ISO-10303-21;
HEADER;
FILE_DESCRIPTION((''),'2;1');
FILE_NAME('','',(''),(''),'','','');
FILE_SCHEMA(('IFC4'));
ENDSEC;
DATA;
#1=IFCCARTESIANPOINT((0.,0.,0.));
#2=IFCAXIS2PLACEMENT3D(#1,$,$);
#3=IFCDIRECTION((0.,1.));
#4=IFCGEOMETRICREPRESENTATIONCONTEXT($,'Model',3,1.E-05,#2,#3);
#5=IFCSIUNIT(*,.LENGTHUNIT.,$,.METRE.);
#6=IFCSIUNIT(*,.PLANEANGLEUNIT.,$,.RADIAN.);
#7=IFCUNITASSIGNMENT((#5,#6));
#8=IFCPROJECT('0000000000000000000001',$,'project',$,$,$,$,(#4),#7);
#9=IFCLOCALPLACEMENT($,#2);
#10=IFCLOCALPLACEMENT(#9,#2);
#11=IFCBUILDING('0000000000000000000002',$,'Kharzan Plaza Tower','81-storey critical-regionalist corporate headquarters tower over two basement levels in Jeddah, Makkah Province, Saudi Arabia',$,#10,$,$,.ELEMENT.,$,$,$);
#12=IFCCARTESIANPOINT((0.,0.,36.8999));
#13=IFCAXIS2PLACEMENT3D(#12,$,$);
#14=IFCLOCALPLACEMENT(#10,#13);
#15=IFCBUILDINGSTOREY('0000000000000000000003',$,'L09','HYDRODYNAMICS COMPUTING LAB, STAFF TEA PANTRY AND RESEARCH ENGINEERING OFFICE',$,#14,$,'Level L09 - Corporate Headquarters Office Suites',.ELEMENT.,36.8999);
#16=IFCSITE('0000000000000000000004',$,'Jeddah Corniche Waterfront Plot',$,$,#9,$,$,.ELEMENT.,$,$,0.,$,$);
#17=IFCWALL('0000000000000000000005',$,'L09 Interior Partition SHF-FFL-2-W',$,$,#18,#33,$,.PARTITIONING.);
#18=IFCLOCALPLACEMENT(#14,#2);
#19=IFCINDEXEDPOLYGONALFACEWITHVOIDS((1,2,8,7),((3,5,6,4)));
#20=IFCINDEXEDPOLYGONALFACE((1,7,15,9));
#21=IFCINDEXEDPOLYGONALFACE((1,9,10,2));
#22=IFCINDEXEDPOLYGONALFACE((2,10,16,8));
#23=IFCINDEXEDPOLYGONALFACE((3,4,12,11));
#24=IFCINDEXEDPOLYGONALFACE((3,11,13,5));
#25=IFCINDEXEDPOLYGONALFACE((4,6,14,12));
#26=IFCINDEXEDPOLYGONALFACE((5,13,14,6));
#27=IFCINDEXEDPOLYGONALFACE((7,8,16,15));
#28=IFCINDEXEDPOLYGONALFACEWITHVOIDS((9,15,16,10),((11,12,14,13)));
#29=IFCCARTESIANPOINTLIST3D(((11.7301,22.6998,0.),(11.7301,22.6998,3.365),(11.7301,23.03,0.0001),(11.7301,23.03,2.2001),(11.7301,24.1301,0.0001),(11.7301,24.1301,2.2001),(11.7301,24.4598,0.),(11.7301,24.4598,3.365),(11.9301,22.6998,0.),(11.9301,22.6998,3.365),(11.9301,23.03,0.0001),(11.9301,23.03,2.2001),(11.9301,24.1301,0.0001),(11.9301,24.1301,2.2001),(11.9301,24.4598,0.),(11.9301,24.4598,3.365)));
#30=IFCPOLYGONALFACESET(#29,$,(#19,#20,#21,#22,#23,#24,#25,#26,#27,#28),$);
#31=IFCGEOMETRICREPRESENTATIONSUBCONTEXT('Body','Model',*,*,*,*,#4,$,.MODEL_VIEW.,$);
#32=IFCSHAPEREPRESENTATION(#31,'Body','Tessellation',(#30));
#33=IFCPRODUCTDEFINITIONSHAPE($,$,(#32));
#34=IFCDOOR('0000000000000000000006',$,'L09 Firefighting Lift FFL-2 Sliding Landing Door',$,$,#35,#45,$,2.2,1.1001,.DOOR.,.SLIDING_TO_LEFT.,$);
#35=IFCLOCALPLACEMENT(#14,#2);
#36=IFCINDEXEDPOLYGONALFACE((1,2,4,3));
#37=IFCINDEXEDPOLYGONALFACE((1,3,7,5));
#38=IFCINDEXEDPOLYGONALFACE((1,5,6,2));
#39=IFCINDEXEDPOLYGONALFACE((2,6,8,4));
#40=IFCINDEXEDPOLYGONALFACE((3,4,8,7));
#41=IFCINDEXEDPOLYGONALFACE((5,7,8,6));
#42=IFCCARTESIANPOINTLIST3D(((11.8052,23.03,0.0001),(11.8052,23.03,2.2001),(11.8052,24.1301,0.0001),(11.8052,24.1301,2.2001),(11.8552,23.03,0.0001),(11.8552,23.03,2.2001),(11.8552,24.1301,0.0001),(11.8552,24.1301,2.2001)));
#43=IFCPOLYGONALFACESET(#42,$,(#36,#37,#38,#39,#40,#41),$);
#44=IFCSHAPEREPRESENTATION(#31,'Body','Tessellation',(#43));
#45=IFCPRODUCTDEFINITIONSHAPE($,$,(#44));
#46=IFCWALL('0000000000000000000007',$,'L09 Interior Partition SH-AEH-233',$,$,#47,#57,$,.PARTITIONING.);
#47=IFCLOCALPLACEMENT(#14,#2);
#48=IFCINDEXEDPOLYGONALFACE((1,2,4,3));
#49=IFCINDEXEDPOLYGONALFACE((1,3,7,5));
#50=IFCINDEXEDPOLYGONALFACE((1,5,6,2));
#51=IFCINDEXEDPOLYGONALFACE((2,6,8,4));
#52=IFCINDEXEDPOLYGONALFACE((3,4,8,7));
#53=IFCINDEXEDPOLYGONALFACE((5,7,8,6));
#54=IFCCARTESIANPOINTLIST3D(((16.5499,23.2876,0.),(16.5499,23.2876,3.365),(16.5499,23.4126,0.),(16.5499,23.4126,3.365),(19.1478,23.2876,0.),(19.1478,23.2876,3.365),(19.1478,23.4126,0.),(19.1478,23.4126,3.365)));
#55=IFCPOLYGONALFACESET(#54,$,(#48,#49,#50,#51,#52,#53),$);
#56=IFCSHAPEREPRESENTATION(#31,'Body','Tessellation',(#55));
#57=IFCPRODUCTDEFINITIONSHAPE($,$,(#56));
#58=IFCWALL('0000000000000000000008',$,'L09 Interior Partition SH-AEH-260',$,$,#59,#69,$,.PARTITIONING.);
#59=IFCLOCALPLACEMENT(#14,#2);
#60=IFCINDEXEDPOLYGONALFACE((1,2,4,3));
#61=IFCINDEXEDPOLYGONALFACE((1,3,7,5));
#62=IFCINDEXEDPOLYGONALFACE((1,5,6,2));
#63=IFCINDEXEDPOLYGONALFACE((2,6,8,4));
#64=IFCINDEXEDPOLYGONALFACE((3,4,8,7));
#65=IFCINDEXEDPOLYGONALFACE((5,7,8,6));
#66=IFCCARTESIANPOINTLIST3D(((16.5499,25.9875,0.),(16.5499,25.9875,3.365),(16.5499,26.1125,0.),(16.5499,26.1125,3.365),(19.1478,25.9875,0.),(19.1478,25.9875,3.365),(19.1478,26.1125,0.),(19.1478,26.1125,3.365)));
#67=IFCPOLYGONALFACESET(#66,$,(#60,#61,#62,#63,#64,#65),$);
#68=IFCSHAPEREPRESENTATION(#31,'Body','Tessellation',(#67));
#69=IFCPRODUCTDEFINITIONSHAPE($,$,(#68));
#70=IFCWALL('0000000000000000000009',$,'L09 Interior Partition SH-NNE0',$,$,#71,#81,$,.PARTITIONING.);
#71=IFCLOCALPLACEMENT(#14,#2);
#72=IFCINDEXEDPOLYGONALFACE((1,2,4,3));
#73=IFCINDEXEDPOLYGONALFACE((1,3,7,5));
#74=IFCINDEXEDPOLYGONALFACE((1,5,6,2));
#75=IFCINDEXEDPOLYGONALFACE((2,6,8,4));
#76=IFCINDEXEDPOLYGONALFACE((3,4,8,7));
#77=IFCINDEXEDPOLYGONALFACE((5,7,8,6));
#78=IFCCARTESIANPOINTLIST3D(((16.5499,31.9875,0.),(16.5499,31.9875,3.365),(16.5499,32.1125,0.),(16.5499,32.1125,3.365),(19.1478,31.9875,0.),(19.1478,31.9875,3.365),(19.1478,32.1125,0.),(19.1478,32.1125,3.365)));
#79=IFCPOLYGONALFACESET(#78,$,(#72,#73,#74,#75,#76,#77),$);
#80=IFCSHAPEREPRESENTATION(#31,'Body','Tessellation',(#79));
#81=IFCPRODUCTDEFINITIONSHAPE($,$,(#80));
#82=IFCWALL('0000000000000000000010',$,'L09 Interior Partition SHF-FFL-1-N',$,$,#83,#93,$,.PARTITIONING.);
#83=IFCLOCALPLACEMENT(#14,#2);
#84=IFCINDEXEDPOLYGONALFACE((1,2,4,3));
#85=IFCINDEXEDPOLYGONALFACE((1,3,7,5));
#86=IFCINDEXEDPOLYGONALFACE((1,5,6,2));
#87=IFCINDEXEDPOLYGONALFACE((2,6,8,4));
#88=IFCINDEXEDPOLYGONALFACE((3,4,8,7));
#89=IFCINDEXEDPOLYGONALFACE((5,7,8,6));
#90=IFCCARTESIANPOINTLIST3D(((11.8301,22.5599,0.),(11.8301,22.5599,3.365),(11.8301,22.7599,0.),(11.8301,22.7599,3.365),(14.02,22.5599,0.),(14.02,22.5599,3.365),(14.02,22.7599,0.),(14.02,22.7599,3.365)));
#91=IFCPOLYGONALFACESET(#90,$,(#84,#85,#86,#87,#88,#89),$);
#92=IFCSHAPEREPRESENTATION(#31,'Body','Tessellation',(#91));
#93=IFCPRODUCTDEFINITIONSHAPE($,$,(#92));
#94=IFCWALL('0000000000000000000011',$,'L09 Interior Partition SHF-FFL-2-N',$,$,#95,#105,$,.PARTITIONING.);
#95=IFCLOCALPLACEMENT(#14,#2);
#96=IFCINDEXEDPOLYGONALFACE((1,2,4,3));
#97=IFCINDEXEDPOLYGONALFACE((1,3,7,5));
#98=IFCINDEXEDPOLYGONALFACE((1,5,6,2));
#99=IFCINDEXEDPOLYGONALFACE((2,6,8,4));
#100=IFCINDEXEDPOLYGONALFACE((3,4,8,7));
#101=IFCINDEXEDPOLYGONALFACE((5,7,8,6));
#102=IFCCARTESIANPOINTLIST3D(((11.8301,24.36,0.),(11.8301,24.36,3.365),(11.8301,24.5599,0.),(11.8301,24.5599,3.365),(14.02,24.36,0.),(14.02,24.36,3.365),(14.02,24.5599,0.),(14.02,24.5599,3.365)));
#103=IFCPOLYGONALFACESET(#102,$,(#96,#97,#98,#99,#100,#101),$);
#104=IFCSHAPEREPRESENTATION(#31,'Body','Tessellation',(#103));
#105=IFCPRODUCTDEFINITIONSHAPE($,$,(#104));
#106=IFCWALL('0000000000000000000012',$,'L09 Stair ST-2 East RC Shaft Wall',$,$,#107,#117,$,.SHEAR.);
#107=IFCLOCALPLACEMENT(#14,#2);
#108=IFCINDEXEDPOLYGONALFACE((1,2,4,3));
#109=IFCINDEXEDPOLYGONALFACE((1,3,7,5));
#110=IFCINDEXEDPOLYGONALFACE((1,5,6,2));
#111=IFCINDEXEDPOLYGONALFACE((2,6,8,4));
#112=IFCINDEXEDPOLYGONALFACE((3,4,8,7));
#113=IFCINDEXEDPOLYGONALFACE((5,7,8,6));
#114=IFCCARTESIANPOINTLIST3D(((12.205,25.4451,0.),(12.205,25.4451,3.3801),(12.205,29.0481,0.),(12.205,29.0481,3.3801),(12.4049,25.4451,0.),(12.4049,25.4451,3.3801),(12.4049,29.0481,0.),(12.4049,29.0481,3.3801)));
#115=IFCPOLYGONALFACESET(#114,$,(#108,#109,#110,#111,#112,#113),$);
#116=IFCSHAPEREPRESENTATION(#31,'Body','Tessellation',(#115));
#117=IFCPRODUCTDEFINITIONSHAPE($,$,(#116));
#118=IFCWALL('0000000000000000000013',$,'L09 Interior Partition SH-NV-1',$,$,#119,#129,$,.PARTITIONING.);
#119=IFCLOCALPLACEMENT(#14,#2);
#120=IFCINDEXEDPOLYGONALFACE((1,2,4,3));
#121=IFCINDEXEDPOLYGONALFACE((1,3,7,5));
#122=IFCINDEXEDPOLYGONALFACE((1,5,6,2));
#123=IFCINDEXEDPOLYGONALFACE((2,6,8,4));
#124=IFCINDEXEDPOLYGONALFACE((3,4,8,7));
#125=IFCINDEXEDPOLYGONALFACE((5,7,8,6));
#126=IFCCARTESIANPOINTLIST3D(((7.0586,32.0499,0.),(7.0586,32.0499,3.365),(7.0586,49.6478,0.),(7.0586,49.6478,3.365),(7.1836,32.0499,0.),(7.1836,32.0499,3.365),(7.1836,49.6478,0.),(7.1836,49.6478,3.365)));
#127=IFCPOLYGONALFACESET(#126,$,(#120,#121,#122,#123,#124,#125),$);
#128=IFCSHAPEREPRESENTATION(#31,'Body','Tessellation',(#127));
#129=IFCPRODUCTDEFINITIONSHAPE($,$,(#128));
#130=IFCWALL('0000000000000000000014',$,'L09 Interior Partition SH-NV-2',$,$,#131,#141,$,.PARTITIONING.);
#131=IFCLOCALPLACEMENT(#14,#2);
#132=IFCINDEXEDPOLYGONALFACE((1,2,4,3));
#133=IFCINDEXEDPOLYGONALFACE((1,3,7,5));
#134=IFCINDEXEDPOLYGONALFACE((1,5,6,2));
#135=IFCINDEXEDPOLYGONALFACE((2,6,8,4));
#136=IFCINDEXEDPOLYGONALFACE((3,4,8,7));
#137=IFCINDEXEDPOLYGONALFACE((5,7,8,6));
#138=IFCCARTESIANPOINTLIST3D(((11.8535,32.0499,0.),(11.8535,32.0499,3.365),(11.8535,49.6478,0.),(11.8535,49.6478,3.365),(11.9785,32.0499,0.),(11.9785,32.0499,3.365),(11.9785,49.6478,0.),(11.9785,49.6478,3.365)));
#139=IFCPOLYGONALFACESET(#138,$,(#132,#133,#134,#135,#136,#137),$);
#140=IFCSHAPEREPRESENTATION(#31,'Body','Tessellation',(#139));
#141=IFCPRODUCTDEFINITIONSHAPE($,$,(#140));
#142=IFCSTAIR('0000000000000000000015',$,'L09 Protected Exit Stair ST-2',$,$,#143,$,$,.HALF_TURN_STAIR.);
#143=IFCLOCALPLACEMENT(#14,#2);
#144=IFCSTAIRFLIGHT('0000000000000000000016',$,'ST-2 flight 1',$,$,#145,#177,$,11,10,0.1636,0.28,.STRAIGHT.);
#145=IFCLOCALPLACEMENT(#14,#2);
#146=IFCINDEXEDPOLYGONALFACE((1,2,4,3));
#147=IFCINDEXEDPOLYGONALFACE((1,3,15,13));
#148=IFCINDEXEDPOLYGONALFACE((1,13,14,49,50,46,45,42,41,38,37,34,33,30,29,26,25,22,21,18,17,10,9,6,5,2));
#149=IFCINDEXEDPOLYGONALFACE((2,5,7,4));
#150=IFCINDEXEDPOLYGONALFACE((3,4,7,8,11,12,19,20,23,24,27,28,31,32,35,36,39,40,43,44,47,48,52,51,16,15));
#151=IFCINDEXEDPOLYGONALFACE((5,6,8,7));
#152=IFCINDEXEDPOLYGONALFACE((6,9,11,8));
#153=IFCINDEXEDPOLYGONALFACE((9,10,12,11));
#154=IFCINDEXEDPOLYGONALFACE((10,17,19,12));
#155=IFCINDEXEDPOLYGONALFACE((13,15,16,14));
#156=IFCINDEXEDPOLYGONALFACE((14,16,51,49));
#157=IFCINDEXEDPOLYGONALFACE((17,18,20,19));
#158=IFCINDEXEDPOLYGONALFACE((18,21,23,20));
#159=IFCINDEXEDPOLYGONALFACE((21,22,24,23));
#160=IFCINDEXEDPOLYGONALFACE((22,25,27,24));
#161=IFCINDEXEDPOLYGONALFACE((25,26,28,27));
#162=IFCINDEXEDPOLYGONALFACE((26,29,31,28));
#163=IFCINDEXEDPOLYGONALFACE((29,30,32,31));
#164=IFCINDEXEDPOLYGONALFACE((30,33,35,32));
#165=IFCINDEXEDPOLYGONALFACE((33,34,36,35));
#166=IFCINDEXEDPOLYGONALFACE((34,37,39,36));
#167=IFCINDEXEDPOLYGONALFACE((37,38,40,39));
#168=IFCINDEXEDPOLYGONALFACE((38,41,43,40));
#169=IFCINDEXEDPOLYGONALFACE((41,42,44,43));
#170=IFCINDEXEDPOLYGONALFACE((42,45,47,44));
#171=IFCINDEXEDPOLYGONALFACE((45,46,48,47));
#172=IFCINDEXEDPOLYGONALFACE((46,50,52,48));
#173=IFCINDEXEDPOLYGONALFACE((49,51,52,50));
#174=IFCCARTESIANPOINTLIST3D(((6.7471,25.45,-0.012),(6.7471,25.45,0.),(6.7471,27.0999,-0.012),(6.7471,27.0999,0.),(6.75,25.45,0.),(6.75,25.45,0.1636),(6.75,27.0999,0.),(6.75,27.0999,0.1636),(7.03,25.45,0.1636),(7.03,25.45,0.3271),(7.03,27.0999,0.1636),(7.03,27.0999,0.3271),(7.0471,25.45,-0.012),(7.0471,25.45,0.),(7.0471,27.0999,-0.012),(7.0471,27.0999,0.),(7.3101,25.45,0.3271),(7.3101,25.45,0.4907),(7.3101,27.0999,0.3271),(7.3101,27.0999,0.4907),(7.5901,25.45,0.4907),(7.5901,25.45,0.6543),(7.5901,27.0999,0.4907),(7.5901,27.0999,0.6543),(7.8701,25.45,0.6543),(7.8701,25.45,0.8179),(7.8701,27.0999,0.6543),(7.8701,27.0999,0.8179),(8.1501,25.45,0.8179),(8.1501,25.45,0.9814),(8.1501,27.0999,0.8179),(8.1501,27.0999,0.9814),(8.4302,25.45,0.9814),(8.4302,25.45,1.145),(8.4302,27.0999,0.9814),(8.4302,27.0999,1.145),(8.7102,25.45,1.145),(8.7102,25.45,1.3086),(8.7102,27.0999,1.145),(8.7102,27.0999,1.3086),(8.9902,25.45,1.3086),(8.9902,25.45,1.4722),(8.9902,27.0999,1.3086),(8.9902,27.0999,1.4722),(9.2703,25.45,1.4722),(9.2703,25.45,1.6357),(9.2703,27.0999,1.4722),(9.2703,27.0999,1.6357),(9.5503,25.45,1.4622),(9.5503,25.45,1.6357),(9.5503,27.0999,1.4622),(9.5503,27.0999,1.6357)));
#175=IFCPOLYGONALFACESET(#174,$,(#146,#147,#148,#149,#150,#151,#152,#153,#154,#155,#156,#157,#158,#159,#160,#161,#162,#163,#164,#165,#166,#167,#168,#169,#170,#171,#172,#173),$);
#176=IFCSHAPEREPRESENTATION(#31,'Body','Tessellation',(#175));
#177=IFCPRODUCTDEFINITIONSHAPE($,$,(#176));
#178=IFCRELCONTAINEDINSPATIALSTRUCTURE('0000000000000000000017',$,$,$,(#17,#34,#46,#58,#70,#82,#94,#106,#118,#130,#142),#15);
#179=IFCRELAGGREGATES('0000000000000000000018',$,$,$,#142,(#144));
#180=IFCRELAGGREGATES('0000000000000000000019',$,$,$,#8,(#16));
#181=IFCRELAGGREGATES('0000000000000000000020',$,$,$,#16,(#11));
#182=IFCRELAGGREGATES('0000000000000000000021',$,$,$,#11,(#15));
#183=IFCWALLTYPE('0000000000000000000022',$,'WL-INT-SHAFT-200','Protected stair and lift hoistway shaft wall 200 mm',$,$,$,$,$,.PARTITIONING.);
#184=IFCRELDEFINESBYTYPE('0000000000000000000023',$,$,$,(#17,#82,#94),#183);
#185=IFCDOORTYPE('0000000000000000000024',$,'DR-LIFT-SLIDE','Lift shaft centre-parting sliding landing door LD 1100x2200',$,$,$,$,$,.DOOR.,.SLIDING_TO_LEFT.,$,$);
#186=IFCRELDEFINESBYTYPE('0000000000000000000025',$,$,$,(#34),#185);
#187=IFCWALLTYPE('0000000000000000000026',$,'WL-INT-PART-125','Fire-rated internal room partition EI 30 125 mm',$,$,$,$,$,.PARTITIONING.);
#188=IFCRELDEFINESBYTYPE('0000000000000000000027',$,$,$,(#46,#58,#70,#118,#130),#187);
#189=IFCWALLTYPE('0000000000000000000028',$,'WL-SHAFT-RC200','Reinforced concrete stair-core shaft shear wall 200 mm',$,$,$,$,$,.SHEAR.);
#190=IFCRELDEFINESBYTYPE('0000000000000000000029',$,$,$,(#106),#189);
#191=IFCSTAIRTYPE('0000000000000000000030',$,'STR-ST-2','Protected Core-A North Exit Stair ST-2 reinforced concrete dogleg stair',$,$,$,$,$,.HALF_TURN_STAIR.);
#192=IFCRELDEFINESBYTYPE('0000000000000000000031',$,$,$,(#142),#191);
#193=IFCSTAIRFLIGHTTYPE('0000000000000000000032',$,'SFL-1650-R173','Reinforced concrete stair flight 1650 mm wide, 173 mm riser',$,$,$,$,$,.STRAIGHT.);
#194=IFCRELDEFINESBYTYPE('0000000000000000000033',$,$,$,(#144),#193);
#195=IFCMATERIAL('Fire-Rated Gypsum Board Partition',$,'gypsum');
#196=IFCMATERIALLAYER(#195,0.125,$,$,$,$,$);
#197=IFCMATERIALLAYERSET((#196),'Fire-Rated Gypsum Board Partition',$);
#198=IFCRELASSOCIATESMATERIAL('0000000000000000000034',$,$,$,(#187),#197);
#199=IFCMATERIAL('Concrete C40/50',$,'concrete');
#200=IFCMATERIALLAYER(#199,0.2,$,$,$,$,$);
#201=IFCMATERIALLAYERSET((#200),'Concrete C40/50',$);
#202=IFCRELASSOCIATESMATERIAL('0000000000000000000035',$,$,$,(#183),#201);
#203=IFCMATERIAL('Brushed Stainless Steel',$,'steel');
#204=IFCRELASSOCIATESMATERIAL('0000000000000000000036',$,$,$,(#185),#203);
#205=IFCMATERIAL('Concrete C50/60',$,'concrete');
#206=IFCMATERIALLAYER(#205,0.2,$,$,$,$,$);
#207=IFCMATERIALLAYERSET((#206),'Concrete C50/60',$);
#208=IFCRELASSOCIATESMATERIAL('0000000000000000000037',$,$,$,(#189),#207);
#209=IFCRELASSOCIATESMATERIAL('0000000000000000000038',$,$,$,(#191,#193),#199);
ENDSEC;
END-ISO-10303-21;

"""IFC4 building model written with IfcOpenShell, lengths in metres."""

from ifc_helpers import new_model, si_unit, direction, frame, frame_2d, origin, place, context, subcontext, project, spatial, polyline, rectangle, outline, extrude, source, transform, mapped, material, layer, layer_set, type_object, element, fill, aggregate, save


model = new_model("IFC4")

# Units and contexts
model_context = context("Model", 3, precision=1e-05, world=origin(), true_north=direction((0.0, 1.0)))
body_context = subcontext(model_context, "Body", "Model", "MODEL_VIEW")
ifc_project = project(units=[si_unit("LENGTHUNIT", "METRE"), si_unit("PLANEANGLEUNIT", "RADIAN")], contexts=[model_context])

# Site, building, storey
site_placement = place(None, origin())
site = spatial("IfcSite", under=ifc_project, at=site_placement, Name="Jeddah Corniche Waterfront Plot", CompositionType="ELEMENT", RefElevation=0.0)
building_placement = place(site_placement, origin())
building = spatial("IfcBuilding", under=site, at=building_placement, Name="Kharzan Plaza Tower", Description="81-storey critical-regionalist corporate headquarters tower over two basement levels in Jeddah, Makkah Province, Saudi Arabia", CompositionType="ELEMENT")
storey_placement = place(building_placement, frame((0.0, 0.0, 36.8999)))
storey = spatial("IfcBuildingStorey", under=building, at=storey_placement, Name="L09", Description="HYDRODYNAMICS COMPUTING LAB, STAFF TEA PANTRY AND RESEARCH ENGINEERING OFFICE", LongName="Level L09 - Corporate Headquarters Office Suites", CompositionType="ELEMENT", Elevation=36.8999)

# Wall, opening, door
ifc_material_1 = material(Name="Fire-Rated Gypsum Board Partition", Category="gypsum")
ifc_layer_1 = layer(ifc_material_1, 0.125)
ifc_layer_set_1 = layer_set([ifc_layer_1], Name="Fire-Rated Gypsum Board Partition")
wall_type_1 = type_object("IfcWallType", Name="WL-INT-PART-125", Description="Fire-rated internal room partition EI 30 125 mm", PredefinedType="PARTITIONING", material=ifc_layer_set_1)
ifc_material_2 = material(Name="Concrete C40/50", Category="concrete")
ifc_layer_2 = layer(ifc_material_2, 0.2)
ifc_layer_set_2 = layer_set([ifc_layer_2], Name="Concrete C40/50")
wall_type_2 = type_object("IfcWallType", Name="WL-INT-SHAFT-200", Description="Protected stair and lift hoistway shaft wall 200 mm", PredefinedType="PARTITIONING", material=ifc_layer_set_2)
wall_1_placement = place(storey_placement, frame((11.8301, 22.7, 0.0), z_axis=(0.0, 0.0, 1.0), x_axis=(0.0, 1.0, 0.0)))
wall_1 = element("IfcWall", 1, at=wall_1_placement, inside=storey, type_object=wall_type_2, Name="L09 Interior Partition SHF-FFL-2-W", PredefinedType="PARTITIONING", context=body_context, shape_type="SweptSolid", body=[
    extrude(rectangle(XDim=1.76, YDim=0.2, at=frame_2d((0.8799, 0.0))), origin(), (0.0, 0.0, 1.0), 3.365),
])
opening_1_placement = place(wall_1_placement, frame((0.3301, 0.0, 0.0)))
opening_1 = element("IfcOpeningElement", 2, at=opening_1_placement, cuts=wall_1, PredefinedType="OPENING", context=body_context, shape_type="SweptSolid", body=[
    extrude(rectangle(XDim=1.1001, YDim=2.2, at=frame_2d((0.55, 1.1001))), frame((0.0, 0.1099, 0.0), z_axis=(0.0, -1.0, 0.0), x_axis=(1.0, 0.0, 0.0)), (0.0, 0.0, 1.0), 0.22),
])
ifc_material_3 = material(Name="Brushed Stainless Steel", Category="steel")
door_type_1 = type_object("IfcDoorType", Name="DR-LIFT-SLIDE", Description="Lift shaft centre-parting sliding landing door LD 1100x2200", OperationType="SLIDING_TO_LEFT", PredefinedType="DOOR", material=ifc_material_3)
shared_shape_1 = source(origin(), body_context, "Body", "SweptSolid", [
    extrude(rectangle(XDim=1.1001, YDim=2.2, at=frame_2d((0.55, 1.1001))), frame((0.0, 0.0249, 0.0), z_axis=(0.0, -1.0, 0.0), x_axis=(1.0, 0.0, 0.0)), (0.0, 0.0, 1.0), 0.05),
])
door_1_placement = place(opening_1_placement, origin())
door_1 = element("IfcDoor", 3, at=door_1_placement, inside=storey, type_object=door_type_1, Name="L09 Firefighting Lift FFL-2 Sliding Landing Door", OperationType="SLIDING_TO_LEFT", OverallHeight=2.2, OverallWidth=1.1001, PredefinedType="DOOR", context=body_context, shape_type="MappedRepresentation", body=[
    mapped(shared_shape_1, transform((0.0, 0.0, 0.0), x_axis=(1.0, 0.0, 0.0), y_axis=(0.0, 1.0, 0.0), z_axis=(0.0, 0.0, 1.0))),
])
fill(opening_1, door_1)

# Walls
shared_shape_2 = source(origin(), body_context, "Body", "SweptSolid", [
    extrude(rectangle(XDim=2.5979, YDim=0.125, at=frame_2d((1.2988, 0.0))), origin(), (0.0, 0.0, 1.0), 3.365),
])
for number, where, z_axis, x_axis, name in (
    (4, (16.55, 23.3501, 0.0), (0.0, 0.0, 1.0), (1.0, 0.0, 0.0), "L09 Interior Partition SH-AEH-233"),
    (5, (16.55, 26.05, 0.0), (0.0, 0.0, 1.0), (1.0, 0.0, 0.0), "L09 Interior Partition SH-AEH-260"),
    (6, (16.55, 32.05, 0.0), (0.0, 0.0, 1.0), (1.0, 0.0, 0.0), "L09 Interior Partition SH-NNE0"),
):
    element("IfcWall", number, at=place(storey_placement, frame(where, z_axis=z_axis, x_axis=x_axis)), inside=storey, type_object=wall_type_1, Name=name, PredefinedType="PARTITIONING", context=body_context, shape_type="MappedRepresentation", body=[
        mapped(shared_shape_2, transform((0.0, 0.0, 0.0), x_axis=(1.0, 0.0, 0.0), y_axis=(0.0, 1.0, 0.0), z_axis=(0.0, 0.0, 1.0))),
    ])
shared_shape_3 = source(origin(), body_context, "Body", "SweptSolid", [
    extrude(rectangle(XDim=2.1899, YDim=0.2, at=frame_2d((1.095, 0.0))), origin(), (0.0, 0.0, 1.0), 3.365),
])
for number, where, z_axis, x_axis, name in (
    (7, (11.8301, 22.6599, 0.0), (0.0, 0.0, 1.0), (1.0, 0.0, 0.0), "L09 Interior Partition SHF-FFL-1-N"),
    (8, (11.8301, 24.46, 0.0), (0.0, 0.0, 1.0), (1.0, 0.0, 0.0), "L09 Interior Partition SHF-FFL-2-N"),
):
    element("IfcWall", number, at=place(storey_placement, frame(where, z_axis=z_axis, x_axis=x_axis)), inside=storey, type_object=wall_type_2, Name=name, PredefinedType="PARTITIONING", context=body_context, shape_type="MappedRepresentation", body=[
        mapped(shared_shape_3, transform((0.0, 0.0, 0.0), x_axis=(1.0, 0.0, 0.0), y_axis=(0.0, 1.0, 0.0), z_axis=(0.0, 0.0, 1.0))),
    ])
ifc_material_4 = material(Name="Concrete C50/60", Category="concrete")
ifc_layer_3 = layer(ifc_material_4, 0.2)
ifc_layer_set_3 = layer_set([ifc_layer_3], Name="Concrete C50/60")
wall_type_3 = type_object("IfcWallType", Name="WL-SHAFT-RC200", Description="Reinforced concrete stair-core shaft shear wall 200 mm", PredefinedType="SHEAR", material=ifc_layer_set_3)
shared_shape_4 = source(origin(), body_context, "Body", "SweptSolid", [
    extrude(rectangle(XDim=3.603, YDim=0.2, at=frame_2d((1.8015, 0.0))), origin(), (0.0, 0.0, 1.0), 3.3801),
])
wall_2_placement = place(storey_placement, frame((12.3049, 25.4451, 0.0), z_axis=(0.0, 0.0, 1.0), x_axis=(0.0, 1.0, 0.0)))
element("IfcWall", 9, at=wall_2_placement, inside=storey, type_object=wall_type_3, Name="L09 Stair ST-2 East RC Shaft Wall", PredefinedType="SHEAR", context=body_context, shape_type="MappedRepresentation", body=[
    mapped(shared_shape_4, transform((0.0, 0.0, 0.0), x_axis=(1.0, 0.0, 0.0), y_axis=(0.0, 1.0, 0.0), z_axis=(0.0, 0.0, 1.0))),
])
shared_shape_5 = source(origin(), body_context, "Body", "SweptSolid", [
    extrude(rectangle(XDim=17.5979, YDim=0.125, at=frame_2d((8.7988, 0.0))), origin(), (0.0, 0.0, 1.0), 3.365),
])
for number, where, z_axis, x_axis, name in (
    (10, (7.1211, 32.05, 0.0), (0.0, 0.0, 1.0), (0.0, 1.0, 0.0), "L09 Interior Partition SH-NV-1"),
    (11, (11.916, 32.05, 0.0), (0.0, 0.0, 1.0), (0.0, 1.0, 0.0), "L09 Interior Partition SH-NV-2"),
):
    element("IfcWall", number, at=place(storey_placement, frame(where, z_axis=z_axis, x_axis=x_axis)), inside=storey, type_object=wall_type_1, Name=name, PredefinedType="PARTITIONING", context=body_context, shape_type="MappedRepresentation", body=[
        mapped(shared_shape_5, transform((0.0, 0.0, 0.0), x_axis=(1.0, 0.0, 0.0), y_axis=(0.0, 1.0, 0.0), z_axis=(0.0, 0.0, 1.0))),
    ])

# Stair, stair flight
stair_type = type_object("IfcStairType", Name="STR-ST-2", Description="Protected Core-A North Exit Stair ST-2 reinforced concrete dogleg stair", PredefinedType="HALF_TURN_STAIR", material=ifc_material_2)
stair_placement = place(storey_placement, origin())
stair = element("IfcStair", 12, at=stair_placement, inside=storey, type_object=stair_type, Name="L09 Protected Exit Stair ST-2", PredefinedType="HALF_TURN_STAIR")
stair_flight_type = type_object("IfcStairFlightType", Name="SFL-1650-R173", Description="Reinforced concrete stair flight 1650 mm wide, 173 mm riser", PredefinedType="STRAIGHT", material=ifc_material_2)
shared_shape_6 = source(origin(), body_context, "Body", "SweptSolid", [
    extrude(outline(polyline([(-0.0029, -0.012), (-0.0029, 0.0), (0.0, 0.0), (0.0, 0.1636), (0.28, 0.1636), (0.28, 0.3271), (0.5601, 0.3271), (0.5601, 0.4907), (0.8401, 0.4907), (0.8401, 0.6543), (1.1201, 0.6543), (1.1201, 0.8179), (1.4001, 0.8179), (1.4001, 0.9814), (1.6802, 0.9814), (1.6802, 1.145), (1.9602, 1.145), (1.9602, 1.3086), (2.2402, 1.3086), (2.2402, 1.4722), (2.5203, 1.4722), (2.5203, 1.6357), (2.8003, 1.6357), (2.8003, 1.7993), (2.8003, 1.4622), (0.2971, 0.0), (0.2971, -0.012), (-0.0029, -0.012)])), frame((0.0, 0.825, 0.0), z_axis=(0.0, -1.0, 0.0), x_axis=(1.0, 0.0, 0.0)), (0.0, 0.0, 1.0), 1.6499),
])
stair_flight_1_placement = place(storey_placement, frame((6.75, 26.2749, 0.0), z_axis=(0.0, 0.0, 1.0), x_axis=(1.0, 0.0, 0.0)))
stair_flight_1 = element("IfcStairFlight", 13, at=stair_flight_1_placement, type_object=stair_flight_type, Name="ST-2 flight 1", NumberOfRisers=11, NumberOfTreads=10, PredefinedType="STRAIGHT", RiserHeight=0.1636, TreadLength=0.28, context=body_context, shape_type="MappedRepresentation", body=[
    mapped(shared_shape_6, transform((0.0, 0.0, 0.0), x_axis=(1.0, 0.0, 0.0), y_axis=(0.0, 1.0, 0.0), z_axis=(0.0, 0.0, 1.0))),
])
aggregate(stair, [stair_flight_1])

save(model, "model.ifc")
